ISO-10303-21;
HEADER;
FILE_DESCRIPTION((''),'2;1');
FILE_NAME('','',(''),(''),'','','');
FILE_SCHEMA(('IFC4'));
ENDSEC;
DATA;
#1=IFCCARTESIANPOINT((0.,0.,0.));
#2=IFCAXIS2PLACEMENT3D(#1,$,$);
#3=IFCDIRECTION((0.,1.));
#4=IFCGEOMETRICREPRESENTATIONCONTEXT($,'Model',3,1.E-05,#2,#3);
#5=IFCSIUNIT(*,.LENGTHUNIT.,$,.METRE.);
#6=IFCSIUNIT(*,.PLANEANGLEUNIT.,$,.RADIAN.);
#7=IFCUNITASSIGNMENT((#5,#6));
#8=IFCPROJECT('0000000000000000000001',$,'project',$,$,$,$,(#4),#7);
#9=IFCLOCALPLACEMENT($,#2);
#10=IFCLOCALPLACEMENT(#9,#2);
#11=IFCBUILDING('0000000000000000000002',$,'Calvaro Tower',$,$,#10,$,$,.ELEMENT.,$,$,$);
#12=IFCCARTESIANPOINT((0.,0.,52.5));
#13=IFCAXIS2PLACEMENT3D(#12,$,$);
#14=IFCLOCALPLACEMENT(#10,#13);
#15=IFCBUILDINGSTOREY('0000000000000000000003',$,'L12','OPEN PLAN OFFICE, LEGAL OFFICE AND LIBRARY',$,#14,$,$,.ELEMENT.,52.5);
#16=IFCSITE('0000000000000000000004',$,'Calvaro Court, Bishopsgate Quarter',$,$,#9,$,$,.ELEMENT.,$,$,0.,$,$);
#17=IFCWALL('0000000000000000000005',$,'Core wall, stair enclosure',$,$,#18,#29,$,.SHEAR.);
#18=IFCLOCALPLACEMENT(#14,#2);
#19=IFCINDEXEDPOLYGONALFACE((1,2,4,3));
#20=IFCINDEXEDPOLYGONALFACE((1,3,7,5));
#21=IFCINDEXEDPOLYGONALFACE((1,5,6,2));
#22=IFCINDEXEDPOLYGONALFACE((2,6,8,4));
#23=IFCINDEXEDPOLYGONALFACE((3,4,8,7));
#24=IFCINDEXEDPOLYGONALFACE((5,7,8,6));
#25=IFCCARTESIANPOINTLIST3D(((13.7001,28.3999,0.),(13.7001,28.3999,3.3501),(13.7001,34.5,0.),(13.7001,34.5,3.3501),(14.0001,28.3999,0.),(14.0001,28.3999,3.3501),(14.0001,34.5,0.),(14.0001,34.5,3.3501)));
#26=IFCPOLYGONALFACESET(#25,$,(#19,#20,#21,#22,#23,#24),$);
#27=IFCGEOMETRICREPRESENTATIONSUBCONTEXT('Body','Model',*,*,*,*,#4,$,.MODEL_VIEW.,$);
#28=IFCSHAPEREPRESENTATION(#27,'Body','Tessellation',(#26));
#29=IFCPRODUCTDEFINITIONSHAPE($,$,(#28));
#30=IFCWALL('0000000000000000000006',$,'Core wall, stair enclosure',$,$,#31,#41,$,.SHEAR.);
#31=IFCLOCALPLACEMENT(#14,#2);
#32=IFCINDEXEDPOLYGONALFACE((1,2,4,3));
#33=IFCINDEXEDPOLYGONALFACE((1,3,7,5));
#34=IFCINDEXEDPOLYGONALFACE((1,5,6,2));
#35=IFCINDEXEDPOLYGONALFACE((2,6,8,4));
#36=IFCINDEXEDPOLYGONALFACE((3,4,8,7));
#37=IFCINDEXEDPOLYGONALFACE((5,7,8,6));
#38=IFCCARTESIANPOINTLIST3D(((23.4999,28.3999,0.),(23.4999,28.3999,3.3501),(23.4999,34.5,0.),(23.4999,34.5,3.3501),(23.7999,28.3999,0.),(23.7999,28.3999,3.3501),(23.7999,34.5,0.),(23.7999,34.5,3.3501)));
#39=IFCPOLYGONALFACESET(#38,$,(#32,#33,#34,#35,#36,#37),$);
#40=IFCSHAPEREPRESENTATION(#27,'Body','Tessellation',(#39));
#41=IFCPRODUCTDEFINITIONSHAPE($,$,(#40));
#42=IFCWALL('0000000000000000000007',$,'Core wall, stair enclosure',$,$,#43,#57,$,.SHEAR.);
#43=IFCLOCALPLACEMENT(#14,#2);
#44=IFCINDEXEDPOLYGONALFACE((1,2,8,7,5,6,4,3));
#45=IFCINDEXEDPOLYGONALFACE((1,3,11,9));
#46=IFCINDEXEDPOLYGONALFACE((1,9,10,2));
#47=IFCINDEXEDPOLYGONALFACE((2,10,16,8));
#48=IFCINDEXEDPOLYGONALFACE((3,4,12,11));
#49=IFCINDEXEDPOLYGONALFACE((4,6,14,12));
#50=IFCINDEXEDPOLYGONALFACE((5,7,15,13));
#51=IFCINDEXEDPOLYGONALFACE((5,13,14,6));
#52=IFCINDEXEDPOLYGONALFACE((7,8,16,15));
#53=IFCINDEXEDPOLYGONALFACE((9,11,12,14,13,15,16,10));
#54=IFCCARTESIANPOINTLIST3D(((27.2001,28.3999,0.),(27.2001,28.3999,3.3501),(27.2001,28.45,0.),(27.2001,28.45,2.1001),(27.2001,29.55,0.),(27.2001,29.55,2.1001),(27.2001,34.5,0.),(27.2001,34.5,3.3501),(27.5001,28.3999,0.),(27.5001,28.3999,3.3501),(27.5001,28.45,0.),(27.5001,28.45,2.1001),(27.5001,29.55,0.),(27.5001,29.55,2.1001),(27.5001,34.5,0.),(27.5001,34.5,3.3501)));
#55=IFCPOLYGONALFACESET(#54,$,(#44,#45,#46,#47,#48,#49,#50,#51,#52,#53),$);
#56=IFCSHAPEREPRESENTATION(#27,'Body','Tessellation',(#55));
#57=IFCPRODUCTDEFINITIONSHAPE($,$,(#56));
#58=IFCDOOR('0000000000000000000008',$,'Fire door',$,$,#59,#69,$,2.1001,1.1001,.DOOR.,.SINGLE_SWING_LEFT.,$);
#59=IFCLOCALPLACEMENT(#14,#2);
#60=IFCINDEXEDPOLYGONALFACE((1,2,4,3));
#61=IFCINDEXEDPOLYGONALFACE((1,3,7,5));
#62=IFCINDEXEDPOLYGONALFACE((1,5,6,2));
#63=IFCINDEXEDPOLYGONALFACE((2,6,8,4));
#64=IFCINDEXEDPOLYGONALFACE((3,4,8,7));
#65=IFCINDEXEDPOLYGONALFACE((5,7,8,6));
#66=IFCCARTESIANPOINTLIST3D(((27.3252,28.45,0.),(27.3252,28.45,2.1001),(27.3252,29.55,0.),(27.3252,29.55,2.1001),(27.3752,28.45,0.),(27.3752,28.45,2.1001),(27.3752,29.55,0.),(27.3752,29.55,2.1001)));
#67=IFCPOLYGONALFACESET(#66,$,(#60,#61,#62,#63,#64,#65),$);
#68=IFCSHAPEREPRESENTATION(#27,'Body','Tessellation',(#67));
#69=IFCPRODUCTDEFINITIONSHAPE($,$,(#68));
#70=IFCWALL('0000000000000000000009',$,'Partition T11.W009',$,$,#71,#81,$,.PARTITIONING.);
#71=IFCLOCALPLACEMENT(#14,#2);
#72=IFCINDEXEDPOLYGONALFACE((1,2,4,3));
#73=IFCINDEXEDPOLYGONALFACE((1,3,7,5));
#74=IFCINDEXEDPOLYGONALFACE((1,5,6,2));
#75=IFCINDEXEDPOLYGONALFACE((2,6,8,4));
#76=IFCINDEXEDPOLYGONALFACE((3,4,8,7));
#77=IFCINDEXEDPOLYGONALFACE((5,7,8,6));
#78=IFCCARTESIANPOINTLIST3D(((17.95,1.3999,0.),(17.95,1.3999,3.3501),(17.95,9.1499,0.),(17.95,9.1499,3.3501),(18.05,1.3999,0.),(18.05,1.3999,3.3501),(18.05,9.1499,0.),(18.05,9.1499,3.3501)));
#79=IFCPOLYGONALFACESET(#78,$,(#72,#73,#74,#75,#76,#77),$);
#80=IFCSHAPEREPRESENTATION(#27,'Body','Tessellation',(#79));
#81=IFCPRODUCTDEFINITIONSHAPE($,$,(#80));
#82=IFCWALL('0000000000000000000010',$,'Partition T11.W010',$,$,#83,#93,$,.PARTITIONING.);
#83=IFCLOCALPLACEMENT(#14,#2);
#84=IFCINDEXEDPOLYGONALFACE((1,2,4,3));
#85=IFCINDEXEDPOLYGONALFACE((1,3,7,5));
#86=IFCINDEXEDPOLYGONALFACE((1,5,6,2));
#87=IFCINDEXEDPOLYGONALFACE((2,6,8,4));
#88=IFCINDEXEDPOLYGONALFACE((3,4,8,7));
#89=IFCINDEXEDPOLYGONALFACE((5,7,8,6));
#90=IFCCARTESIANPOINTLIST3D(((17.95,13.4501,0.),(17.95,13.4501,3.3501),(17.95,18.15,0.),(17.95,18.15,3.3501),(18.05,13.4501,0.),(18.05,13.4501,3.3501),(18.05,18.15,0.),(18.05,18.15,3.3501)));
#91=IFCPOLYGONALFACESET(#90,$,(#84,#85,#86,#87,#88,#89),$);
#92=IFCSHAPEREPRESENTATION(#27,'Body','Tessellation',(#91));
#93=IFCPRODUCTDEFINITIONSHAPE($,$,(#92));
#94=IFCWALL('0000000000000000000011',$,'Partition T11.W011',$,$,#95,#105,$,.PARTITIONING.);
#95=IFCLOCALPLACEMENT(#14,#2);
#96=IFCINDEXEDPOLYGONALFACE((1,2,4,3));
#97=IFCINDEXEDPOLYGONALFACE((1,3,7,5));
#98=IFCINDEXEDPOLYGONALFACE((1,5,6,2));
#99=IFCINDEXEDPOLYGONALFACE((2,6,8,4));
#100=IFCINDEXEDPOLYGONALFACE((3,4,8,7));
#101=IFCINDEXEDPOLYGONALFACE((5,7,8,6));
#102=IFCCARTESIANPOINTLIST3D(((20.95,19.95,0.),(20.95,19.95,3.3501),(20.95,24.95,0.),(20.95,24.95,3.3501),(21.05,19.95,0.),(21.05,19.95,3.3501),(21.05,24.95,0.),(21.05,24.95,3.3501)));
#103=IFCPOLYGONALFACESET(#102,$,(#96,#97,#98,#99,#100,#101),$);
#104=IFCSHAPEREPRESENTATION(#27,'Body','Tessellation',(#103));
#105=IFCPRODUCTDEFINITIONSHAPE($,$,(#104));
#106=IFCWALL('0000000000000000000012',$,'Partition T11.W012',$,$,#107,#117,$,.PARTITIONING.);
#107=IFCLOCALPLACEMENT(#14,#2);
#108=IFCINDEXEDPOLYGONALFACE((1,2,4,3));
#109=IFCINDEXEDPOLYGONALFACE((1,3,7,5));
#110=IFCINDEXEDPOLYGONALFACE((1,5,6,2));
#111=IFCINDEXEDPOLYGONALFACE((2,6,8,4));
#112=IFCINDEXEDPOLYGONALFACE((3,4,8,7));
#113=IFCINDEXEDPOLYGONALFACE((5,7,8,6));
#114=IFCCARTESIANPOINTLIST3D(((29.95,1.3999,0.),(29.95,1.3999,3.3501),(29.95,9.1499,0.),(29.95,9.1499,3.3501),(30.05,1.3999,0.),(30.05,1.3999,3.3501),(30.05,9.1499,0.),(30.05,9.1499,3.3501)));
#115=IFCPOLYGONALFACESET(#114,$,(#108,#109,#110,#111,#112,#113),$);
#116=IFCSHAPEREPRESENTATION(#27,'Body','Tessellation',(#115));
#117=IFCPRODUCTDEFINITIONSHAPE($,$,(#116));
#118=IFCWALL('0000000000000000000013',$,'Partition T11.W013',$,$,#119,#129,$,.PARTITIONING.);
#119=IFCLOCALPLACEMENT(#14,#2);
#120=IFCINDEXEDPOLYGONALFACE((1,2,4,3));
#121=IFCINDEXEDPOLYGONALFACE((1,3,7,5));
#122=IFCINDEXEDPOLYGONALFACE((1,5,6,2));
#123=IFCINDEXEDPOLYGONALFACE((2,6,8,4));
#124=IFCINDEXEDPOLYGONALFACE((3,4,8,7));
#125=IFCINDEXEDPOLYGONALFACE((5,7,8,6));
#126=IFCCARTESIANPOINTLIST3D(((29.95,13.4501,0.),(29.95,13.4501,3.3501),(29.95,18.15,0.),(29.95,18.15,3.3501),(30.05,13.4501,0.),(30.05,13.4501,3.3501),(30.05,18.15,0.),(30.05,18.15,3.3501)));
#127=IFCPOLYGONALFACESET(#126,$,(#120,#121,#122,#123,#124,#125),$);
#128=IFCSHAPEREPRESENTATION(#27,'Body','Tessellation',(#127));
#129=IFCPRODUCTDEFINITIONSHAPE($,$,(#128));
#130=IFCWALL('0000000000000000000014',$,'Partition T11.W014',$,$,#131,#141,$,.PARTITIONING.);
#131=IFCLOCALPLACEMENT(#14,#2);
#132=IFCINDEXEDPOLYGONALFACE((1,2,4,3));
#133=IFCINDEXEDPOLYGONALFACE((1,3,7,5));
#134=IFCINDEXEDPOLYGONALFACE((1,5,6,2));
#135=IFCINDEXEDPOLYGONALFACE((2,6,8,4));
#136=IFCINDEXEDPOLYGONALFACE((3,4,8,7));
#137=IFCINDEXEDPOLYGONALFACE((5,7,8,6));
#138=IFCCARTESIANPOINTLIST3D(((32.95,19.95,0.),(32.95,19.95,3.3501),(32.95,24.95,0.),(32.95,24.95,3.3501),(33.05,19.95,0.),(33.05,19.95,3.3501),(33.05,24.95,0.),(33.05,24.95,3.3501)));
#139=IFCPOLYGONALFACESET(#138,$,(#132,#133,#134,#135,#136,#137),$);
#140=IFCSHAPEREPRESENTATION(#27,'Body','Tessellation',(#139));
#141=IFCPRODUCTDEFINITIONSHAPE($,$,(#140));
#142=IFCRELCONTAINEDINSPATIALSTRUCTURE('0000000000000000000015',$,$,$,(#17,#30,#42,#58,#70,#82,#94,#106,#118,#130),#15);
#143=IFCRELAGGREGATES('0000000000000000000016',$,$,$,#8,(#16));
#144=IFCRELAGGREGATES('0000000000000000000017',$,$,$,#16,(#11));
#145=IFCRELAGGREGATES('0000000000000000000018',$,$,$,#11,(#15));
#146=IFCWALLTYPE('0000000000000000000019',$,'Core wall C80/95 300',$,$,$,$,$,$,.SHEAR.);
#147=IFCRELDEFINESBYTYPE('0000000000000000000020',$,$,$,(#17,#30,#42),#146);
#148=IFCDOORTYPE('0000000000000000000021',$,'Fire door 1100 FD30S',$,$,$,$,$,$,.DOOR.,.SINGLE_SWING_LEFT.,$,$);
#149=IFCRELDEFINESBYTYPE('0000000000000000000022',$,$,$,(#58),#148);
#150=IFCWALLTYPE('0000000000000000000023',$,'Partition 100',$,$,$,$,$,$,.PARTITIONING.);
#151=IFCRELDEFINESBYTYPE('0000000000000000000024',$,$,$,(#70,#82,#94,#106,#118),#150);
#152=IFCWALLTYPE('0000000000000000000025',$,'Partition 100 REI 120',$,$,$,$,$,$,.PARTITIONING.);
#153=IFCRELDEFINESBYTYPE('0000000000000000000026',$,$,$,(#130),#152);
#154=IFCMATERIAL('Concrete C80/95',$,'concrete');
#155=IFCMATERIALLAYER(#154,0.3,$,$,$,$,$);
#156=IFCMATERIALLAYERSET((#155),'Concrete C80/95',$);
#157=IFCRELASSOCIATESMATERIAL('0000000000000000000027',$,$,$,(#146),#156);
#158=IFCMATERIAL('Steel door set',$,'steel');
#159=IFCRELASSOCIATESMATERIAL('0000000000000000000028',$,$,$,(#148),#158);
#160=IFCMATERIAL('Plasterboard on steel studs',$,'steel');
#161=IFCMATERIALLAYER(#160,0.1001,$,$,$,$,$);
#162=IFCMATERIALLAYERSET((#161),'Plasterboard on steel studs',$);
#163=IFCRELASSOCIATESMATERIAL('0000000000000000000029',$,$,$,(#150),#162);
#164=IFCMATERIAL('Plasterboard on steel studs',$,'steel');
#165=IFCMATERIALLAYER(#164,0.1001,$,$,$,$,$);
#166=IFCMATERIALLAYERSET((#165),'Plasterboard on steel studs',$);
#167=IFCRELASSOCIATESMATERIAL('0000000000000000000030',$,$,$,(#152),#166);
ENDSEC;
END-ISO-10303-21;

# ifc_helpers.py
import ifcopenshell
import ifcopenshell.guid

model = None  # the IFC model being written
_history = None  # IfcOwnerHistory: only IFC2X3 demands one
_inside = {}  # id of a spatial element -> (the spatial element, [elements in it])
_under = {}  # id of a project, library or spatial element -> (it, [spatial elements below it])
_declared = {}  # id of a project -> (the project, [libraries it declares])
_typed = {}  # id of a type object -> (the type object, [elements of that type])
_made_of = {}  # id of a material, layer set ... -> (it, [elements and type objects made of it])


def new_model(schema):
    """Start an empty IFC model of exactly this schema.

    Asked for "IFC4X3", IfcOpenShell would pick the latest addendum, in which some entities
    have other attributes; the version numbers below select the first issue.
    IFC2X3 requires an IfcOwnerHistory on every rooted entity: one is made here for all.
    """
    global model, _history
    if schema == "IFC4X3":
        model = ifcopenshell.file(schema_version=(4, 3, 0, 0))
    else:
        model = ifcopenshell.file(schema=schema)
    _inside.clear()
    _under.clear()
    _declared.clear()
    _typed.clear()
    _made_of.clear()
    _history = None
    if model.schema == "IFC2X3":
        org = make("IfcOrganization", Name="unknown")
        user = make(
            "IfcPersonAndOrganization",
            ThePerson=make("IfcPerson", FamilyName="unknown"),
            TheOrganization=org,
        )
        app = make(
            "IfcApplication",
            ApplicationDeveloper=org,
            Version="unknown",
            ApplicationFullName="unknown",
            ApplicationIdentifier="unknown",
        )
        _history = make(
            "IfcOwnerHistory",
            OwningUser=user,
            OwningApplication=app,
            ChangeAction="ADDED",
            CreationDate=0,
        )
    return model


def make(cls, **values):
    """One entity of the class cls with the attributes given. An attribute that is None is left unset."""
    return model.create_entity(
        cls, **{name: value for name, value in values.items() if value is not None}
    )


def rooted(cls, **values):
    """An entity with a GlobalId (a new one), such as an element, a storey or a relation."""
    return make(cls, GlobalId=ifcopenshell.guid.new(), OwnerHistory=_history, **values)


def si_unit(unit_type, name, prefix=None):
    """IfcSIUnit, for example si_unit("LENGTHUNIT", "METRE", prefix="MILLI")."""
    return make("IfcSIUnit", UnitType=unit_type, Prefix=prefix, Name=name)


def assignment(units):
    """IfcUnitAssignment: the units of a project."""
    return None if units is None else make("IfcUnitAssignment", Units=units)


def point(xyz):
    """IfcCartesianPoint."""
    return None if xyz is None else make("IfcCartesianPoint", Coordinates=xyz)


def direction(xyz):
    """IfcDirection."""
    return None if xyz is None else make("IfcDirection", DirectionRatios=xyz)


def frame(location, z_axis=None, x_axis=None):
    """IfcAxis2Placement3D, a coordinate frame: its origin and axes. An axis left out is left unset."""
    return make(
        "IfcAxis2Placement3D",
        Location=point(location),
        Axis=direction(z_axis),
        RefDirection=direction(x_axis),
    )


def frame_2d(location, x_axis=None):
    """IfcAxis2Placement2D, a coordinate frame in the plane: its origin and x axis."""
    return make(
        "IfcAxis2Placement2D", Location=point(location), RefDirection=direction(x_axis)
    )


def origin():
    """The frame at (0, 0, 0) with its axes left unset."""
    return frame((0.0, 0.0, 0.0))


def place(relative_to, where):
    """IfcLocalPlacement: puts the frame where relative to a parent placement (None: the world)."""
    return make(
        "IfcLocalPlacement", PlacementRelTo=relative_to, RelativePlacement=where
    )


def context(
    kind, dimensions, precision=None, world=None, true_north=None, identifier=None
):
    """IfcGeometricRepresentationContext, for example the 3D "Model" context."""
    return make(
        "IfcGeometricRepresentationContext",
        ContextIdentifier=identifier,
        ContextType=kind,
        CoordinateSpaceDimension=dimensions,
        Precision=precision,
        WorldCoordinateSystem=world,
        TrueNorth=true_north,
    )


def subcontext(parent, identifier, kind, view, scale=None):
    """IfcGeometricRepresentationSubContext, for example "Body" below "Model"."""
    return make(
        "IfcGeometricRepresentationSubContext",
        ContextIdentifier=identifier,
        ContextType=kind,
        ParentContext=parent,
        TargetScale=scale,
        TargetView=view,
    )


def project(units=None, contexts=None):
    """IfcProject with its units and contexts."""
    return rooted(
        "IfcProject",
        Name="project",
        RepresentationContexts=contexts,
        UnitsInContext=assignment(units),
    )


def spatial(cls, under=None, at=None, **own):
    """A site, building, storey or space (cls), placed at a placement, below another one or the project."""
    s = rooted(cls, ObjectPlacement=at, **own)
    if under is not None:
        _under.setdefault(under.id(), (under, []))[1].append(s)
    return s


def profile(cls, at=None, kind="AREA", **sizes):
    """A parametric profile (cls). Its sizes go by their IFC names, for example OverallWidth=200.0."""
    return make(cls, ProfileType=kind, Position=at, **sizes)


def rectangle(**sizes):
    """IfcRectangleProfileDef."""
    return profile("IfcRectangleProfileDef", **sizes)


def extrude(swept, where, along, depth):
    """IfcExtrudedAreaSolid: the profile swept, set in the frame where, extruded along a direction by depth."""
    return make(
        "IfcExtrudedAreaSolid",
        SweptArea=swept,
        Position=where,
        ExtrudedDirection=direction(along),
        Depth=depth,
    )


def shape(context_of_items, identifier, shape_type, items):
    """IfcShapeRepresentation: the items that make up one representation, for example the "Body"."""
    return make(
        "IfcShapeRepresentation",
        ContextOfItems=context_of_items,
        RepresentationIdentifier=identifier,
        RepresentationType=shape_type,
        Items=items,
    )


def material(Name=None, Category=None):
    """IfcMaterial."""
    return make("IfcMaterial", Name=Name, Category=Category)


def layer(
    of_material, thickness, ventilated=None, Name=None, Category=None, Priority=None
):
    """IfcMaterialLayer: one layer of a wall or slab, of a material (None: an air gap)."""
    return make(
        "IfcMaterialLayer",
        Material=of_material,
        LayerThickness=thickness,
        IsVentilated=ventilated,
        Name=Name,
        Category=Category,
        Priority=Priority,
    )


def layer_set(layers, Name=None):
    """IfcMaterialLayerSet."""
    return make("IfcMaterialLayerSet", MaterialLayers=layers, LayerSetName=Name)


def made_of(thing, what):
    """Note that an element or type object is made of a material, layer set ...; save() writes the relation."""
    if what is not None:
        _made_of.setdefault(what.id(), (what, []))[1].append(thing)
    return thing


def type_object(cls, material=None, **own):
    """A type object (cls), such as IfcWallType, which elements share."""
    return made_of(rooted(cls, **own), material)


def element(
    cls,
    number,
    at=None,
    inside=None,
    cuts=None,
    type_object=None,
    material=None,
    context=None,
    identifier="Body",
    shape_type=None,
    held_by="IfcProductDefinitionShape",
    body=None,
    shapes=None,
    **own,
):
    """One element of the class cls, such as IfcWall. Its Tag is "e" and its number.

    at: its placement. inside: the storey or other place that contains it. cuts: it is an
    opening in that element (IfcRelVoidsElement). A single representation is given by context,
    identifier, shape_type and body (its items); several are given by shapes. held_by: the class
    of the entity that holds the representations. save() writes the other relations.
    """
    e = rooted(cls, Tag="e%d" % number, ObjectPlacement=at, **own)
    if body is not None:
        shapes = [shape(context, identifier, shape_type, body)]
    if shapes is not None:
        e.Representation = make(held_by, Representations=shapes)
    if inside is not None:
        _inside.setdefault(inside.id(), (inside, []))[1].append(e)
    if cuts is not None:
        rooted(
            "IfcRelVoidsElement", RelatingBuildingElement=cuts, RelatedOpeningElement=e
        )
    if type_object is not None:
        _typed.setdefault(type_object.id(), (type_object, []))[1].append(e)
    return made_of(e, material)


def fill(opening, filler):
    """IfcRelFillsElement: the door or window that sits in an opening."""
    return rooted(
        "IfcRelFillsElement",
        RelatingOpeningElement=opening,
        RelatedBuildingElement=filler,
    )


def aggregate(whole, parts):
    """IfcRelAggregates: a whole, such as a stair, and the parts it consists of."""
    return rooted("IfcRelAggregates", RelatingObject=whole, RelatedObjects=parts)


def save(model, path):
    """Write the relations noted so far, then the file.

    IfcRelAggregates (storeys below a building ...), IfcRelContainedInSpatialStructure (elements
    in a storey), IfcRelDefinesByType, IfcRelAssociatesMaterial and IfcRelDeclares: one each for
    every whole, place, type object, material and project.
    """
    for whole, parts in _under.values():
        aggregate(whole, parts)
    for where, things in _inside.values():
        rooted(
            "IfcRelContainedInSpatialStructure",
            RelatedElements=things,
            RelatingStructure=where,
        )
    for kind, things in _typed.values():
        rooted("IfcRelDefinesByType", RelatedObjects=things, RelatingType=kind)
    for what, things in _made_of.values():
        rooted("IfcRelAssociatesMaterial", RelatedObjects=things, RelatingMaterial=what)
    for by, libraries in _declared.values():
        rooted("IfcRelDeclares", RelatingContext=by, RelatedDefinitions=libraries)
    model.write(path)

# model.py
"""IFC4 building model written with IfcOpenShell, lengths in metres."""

from ifc_helpers import new_model, si_unit, direction, frame, frame_2d, origin, place, context, subcontext, project, spatial, rectangle, extrude, material, layer, layer_set, type_object, element, fill, save


model = new_model("IFC4")

# Units and contexts
model_context = context("Model", 3, precision=1e-05, world=origin(), true_north=direction((0.0, 1.0)))
body_context = subcontext(model_context, "Body", "Model", "MODEL_VIEW")
ifc_project = project(units=[si_unit("LENGTHUNIT", "METRE"), si_unit("PLANEANGLEUNIT", "RADIAN")], contexts=[model_context])

# Site, building, storey
site_placement = place(None, origin())
site = spatial("IfcSite", under=ifc_project, at=site_placement, Name="Calvaro Court, Bishopsgate Quarter", CompositionType="ELEMENT", RefElevation=0.0)
building_placement = place(site_placement, origin())
building = spatial("IfcBuilding", under=site, at=building_placement, Name="Calvaro Tower", CompositionType="ELEMENT")
storey_placement = place(building_placement, frame((0.0, 0.0, 52.5)))
storey = spatial("IfcBuildingStorey", under=building, at=storey_placement, Name="L12", Description="OPEN PLAN OFFICE, LEGAL OFFICE AND LIBRARY", CompositionType="ELEMENT", Elevation=52.5)

# Walls
ifc_material_1 = material(Name="Concrete C80/95", Category="concrete")
ifc_layer_1 = layer(ifc_material_1, 0.3)
ifc_layer_set_1 = layer_set([ifc_layer_1], Name="Concrete C80/95")
wall_type_1 = type_object("IfcWallType", Name="Core wall C80/95 300", PredefinedType="SHEAR", material=ifc_layer_set_1)
for number, where, z_axis, x_axis, name in (
    (1, (13.8501, 28.3999, 0.0), (0.0, 0.0, 1.0), (0.0, 1.0, 0.0), "Core wall, stair enclosure"),
    (2, (23.6499, 28.3999, 0.0), (0.0, 0.0, 1.0), (0.0, 1.0, 0.0), "Core wall, stair enclosure"),
):
    element("IfcWall", number, at=place(storey_placement, frame(where, z_axis=z_axis, x_axis=x_axis)), inside=storey, type_object=wall_type_1, Name=name, PredefinedType="SHEAR", context=body_context, shape_type="SweptSolid", body=[
        extrude(rectangle(XDim=6.1001, YDim=0.3, at=frame_2d((3.05, 0.0))), origin(), (0.0, 0.0, 1.0), 3.3501),
    ])

# Wall, opening, door
wall_1_placement = place(storey_placement, frame((27.3501, 28.3999, 0.0), z_axis=(0.0, 0.0, 1.0), x_axis=(0.0, 1.0, 0.0)))
wall_1 = element("IfcWall", 3, at=wall_1_placement, inside=storey, type_object=wall_type_1, Name="Core wall, stair enclosure", PredefinedType="SHEAR", context=body_context, shape_type="SweptSolid", body=[
    extrude(rectangle(XDim=6.1001, YDim=0.3, at=frame_2d((3.05, 0.0))), origin(), (0.0, 0.0, 1.0), 3.3501),
])
opening_1_placement = place(wall_1_placement, frame((0.05, 0.0, 0.0)))
opening_1 = element("IfcOpeningElement", 4, at=opening_1_placement, cuts=wall_1, PredefinedType="OPENING", context=body_context, shape_type="SweptSolid", body=[
    extrude(rectangle(XDim=1.1001, YDim=2.1001, at=frame_2d((0.55, 1.05))), frame((0.0, 0.1599, 0.0), z_axis=(0.0, -1.0, 0.0), x_axis=(1.0, 0.0, 0.0)), (0.0, 0.0, 1.0), 0.3201),
])
ifc_material_2 = material(Name="Steel door set", Category="steel")
door_type_1 = type_object("IfcDoorType", Name="Fire door 1100 FD30S", OperationType="SINGLE_SWING_LEFT", PredefinedType="DOOR", material=ifc_material_2)
door_1_placement = place(opening_1_placement, origin())
door_1 = element("IfcDoor", 5, at=door_1_placement, inside=storey, type_object=door_type_1, Name="Fire door", OperationType="SINGLE_SWING_LEFT", OverallHeight=2.1001, OverallWidth=1.1001, PredefinedType="DOOR", context=body_context, shape_type="SweptSolid", body=[
    extrude(rectangle(XDim=1.1001, YDim=2.1001, at=frame_2d((0.55, 1.05))), frame((0.0, 0.0249, 0.0), z_axis=(0.0, -1.0, 0.0), x_axis=(1.0, 0.0, 0.0)), (0.0, 0.0, 1.0), 0.05),
])
fill(opening_1, door_1)

# Walls
ifc_material_3 = material(Name="Plasterboard on steel studs", Category="steel")
ifc_layer_2 = layer(ifc_material_3, 0.1001)
ifc_layer_set_2 = layer_set([ifc_layer_2], Name="Plasterboard on steel studs")
wall_type_2 = type_object("IfcWallType", Name="Partition 100", PredefinedType="PARTITIONING", material=ifc_layer_set_2)
wall_2_placement = place(storey_placement, frame((18.0, 1.3999, 0.0), z_axis=(0.0, 0.0, 1.0), x_axis=(0.0, 1.0, 0.0)))
element("IfcWall", 6, at=wall_2_placement, inside=storey, type_object=wall_type_2, Name="Partition T11.W009", PredefinedType="PARTITIONING", context=body_context, shape_type="SweptSolid", body=[
    extrude(rectangle(XDim=7.75, YDim=0.1001, at=frame_2d((3.875, 0.0))), origin(), (0.0, 0.0, 1.0), 3.3501),
])
wall_3_placement = place(storey_placement, frame((18.0, 13.45, 0.0), z_axis=(0.0, 0.0, 1.0), x_axis=(0.0, 1.0, 0.0)))
element("IfcWall", 7, at=wall_3_placement, inside=storey, type_object=wall_type_2, Name="Partition T11.W010", PredefinedType="PARTITIONING", context=body_context, shape_type="SweptSolid", body=[
    extrude(rectangle(XDim=4.7, YDim=0.1001, at=frame_2d((2.3501, 0.0))), origin(), (0.0, 0.0, 1.0), 3.3501),
])
wall_4_placement = place(storey_placement, frame((21.0, 19.95, 0.0), z_axis=(0.0, 0.0, 1.0), x_axis=(0.0, 1.0, 0.0)))
element("IfcWall", 8, at=wall_4_placement, inside=storey, type_object=wall_type_2, Name="Partition T11.W011", PredefinedType="PARTITIONING", context=body_context, shape_type="SweptSolid", body=[
    extrude(rectangle(XDim=5.0, YDim=0.1001, at=frame_2d((2.5, 0.0))), origin(), (0.0, 0.0, 1.0), 3.3501),
])
wall_5_placement = place(storey_placement, frame((30.0, 1.3999, 0.0), z_axis=(0.0, 0.0, 1.0), x_axis=(0.0, 1.0, 0.0)))
element("IfcWall", 9, at=wall_5_placement, inside=storey, type_object=wall_type_2, Name="Partition T11.W012", PredefinedType="PARTITIONING", context=body_context, shape_type="SweptSolid", body=[
    extrude(rectangle(XDim=7.75, YDim=0.1001, at=frame_2d((3.875, 0.0))), origin(), (0.0, 0.0, 1.0), 3.3501),
])
wall_6_placement = place(storey_placement, frame((30.0, 13.45, 0.0), z_axis=(0.0, 0.0, 1.0), x_axis=(0.0, 1.0, 0.0)))
element("IfcWall", 10, at=wall_6_placement, inside=storey, type_object=wall_type_2, Name="Partition T11.W013", PredefinedType="PARTITIONING", context=body_context, shape_type="SweptSolid", body=[
    extrude(rectangle(XDim=4.7, YDim=0.1001, at=frame_2d((2.3501, 0.0))), origin(), (0.0, 0.0, 1.0), 3.3501),
])
ifc_material_4 = material(Name="Plasterboard on steel studs", Category="steel")
ifc_layer_3 = layer(ifc_material_4, 0.1001)
ifc_layer_set_3 = layer_set([ifc_layer_3], Name="Plasterboard on steel studs")
wall_type_3 = type_object("IfcWallType", Name="Partition 100 REI 120", PredefinedType="PARTITIONING", material=ifc_layer_set_3)
wall_7_placement = place(storey_placement, frame((33.0, 19.95, 0.0), z_axis=(0.0, 0.0, 1.0), x_axis=(0.0, 1.0, 0.0)))
element("IfcWall", 11, at=wall_7_placement, inside=storey, type_object=wall_type_3, Name="Partition T11.W014", PredefinedType="PARTITIONING", context=body_context, shape_type="SweptSolid", body=[
    extrude(rectangle(XDim=5.0, YDim=0.1001, at=frame_2d((2.5, 0.0))), origin(), (0.0, 0.0, 1.0), 3.3501),
])

save(model, "model.ifc")
